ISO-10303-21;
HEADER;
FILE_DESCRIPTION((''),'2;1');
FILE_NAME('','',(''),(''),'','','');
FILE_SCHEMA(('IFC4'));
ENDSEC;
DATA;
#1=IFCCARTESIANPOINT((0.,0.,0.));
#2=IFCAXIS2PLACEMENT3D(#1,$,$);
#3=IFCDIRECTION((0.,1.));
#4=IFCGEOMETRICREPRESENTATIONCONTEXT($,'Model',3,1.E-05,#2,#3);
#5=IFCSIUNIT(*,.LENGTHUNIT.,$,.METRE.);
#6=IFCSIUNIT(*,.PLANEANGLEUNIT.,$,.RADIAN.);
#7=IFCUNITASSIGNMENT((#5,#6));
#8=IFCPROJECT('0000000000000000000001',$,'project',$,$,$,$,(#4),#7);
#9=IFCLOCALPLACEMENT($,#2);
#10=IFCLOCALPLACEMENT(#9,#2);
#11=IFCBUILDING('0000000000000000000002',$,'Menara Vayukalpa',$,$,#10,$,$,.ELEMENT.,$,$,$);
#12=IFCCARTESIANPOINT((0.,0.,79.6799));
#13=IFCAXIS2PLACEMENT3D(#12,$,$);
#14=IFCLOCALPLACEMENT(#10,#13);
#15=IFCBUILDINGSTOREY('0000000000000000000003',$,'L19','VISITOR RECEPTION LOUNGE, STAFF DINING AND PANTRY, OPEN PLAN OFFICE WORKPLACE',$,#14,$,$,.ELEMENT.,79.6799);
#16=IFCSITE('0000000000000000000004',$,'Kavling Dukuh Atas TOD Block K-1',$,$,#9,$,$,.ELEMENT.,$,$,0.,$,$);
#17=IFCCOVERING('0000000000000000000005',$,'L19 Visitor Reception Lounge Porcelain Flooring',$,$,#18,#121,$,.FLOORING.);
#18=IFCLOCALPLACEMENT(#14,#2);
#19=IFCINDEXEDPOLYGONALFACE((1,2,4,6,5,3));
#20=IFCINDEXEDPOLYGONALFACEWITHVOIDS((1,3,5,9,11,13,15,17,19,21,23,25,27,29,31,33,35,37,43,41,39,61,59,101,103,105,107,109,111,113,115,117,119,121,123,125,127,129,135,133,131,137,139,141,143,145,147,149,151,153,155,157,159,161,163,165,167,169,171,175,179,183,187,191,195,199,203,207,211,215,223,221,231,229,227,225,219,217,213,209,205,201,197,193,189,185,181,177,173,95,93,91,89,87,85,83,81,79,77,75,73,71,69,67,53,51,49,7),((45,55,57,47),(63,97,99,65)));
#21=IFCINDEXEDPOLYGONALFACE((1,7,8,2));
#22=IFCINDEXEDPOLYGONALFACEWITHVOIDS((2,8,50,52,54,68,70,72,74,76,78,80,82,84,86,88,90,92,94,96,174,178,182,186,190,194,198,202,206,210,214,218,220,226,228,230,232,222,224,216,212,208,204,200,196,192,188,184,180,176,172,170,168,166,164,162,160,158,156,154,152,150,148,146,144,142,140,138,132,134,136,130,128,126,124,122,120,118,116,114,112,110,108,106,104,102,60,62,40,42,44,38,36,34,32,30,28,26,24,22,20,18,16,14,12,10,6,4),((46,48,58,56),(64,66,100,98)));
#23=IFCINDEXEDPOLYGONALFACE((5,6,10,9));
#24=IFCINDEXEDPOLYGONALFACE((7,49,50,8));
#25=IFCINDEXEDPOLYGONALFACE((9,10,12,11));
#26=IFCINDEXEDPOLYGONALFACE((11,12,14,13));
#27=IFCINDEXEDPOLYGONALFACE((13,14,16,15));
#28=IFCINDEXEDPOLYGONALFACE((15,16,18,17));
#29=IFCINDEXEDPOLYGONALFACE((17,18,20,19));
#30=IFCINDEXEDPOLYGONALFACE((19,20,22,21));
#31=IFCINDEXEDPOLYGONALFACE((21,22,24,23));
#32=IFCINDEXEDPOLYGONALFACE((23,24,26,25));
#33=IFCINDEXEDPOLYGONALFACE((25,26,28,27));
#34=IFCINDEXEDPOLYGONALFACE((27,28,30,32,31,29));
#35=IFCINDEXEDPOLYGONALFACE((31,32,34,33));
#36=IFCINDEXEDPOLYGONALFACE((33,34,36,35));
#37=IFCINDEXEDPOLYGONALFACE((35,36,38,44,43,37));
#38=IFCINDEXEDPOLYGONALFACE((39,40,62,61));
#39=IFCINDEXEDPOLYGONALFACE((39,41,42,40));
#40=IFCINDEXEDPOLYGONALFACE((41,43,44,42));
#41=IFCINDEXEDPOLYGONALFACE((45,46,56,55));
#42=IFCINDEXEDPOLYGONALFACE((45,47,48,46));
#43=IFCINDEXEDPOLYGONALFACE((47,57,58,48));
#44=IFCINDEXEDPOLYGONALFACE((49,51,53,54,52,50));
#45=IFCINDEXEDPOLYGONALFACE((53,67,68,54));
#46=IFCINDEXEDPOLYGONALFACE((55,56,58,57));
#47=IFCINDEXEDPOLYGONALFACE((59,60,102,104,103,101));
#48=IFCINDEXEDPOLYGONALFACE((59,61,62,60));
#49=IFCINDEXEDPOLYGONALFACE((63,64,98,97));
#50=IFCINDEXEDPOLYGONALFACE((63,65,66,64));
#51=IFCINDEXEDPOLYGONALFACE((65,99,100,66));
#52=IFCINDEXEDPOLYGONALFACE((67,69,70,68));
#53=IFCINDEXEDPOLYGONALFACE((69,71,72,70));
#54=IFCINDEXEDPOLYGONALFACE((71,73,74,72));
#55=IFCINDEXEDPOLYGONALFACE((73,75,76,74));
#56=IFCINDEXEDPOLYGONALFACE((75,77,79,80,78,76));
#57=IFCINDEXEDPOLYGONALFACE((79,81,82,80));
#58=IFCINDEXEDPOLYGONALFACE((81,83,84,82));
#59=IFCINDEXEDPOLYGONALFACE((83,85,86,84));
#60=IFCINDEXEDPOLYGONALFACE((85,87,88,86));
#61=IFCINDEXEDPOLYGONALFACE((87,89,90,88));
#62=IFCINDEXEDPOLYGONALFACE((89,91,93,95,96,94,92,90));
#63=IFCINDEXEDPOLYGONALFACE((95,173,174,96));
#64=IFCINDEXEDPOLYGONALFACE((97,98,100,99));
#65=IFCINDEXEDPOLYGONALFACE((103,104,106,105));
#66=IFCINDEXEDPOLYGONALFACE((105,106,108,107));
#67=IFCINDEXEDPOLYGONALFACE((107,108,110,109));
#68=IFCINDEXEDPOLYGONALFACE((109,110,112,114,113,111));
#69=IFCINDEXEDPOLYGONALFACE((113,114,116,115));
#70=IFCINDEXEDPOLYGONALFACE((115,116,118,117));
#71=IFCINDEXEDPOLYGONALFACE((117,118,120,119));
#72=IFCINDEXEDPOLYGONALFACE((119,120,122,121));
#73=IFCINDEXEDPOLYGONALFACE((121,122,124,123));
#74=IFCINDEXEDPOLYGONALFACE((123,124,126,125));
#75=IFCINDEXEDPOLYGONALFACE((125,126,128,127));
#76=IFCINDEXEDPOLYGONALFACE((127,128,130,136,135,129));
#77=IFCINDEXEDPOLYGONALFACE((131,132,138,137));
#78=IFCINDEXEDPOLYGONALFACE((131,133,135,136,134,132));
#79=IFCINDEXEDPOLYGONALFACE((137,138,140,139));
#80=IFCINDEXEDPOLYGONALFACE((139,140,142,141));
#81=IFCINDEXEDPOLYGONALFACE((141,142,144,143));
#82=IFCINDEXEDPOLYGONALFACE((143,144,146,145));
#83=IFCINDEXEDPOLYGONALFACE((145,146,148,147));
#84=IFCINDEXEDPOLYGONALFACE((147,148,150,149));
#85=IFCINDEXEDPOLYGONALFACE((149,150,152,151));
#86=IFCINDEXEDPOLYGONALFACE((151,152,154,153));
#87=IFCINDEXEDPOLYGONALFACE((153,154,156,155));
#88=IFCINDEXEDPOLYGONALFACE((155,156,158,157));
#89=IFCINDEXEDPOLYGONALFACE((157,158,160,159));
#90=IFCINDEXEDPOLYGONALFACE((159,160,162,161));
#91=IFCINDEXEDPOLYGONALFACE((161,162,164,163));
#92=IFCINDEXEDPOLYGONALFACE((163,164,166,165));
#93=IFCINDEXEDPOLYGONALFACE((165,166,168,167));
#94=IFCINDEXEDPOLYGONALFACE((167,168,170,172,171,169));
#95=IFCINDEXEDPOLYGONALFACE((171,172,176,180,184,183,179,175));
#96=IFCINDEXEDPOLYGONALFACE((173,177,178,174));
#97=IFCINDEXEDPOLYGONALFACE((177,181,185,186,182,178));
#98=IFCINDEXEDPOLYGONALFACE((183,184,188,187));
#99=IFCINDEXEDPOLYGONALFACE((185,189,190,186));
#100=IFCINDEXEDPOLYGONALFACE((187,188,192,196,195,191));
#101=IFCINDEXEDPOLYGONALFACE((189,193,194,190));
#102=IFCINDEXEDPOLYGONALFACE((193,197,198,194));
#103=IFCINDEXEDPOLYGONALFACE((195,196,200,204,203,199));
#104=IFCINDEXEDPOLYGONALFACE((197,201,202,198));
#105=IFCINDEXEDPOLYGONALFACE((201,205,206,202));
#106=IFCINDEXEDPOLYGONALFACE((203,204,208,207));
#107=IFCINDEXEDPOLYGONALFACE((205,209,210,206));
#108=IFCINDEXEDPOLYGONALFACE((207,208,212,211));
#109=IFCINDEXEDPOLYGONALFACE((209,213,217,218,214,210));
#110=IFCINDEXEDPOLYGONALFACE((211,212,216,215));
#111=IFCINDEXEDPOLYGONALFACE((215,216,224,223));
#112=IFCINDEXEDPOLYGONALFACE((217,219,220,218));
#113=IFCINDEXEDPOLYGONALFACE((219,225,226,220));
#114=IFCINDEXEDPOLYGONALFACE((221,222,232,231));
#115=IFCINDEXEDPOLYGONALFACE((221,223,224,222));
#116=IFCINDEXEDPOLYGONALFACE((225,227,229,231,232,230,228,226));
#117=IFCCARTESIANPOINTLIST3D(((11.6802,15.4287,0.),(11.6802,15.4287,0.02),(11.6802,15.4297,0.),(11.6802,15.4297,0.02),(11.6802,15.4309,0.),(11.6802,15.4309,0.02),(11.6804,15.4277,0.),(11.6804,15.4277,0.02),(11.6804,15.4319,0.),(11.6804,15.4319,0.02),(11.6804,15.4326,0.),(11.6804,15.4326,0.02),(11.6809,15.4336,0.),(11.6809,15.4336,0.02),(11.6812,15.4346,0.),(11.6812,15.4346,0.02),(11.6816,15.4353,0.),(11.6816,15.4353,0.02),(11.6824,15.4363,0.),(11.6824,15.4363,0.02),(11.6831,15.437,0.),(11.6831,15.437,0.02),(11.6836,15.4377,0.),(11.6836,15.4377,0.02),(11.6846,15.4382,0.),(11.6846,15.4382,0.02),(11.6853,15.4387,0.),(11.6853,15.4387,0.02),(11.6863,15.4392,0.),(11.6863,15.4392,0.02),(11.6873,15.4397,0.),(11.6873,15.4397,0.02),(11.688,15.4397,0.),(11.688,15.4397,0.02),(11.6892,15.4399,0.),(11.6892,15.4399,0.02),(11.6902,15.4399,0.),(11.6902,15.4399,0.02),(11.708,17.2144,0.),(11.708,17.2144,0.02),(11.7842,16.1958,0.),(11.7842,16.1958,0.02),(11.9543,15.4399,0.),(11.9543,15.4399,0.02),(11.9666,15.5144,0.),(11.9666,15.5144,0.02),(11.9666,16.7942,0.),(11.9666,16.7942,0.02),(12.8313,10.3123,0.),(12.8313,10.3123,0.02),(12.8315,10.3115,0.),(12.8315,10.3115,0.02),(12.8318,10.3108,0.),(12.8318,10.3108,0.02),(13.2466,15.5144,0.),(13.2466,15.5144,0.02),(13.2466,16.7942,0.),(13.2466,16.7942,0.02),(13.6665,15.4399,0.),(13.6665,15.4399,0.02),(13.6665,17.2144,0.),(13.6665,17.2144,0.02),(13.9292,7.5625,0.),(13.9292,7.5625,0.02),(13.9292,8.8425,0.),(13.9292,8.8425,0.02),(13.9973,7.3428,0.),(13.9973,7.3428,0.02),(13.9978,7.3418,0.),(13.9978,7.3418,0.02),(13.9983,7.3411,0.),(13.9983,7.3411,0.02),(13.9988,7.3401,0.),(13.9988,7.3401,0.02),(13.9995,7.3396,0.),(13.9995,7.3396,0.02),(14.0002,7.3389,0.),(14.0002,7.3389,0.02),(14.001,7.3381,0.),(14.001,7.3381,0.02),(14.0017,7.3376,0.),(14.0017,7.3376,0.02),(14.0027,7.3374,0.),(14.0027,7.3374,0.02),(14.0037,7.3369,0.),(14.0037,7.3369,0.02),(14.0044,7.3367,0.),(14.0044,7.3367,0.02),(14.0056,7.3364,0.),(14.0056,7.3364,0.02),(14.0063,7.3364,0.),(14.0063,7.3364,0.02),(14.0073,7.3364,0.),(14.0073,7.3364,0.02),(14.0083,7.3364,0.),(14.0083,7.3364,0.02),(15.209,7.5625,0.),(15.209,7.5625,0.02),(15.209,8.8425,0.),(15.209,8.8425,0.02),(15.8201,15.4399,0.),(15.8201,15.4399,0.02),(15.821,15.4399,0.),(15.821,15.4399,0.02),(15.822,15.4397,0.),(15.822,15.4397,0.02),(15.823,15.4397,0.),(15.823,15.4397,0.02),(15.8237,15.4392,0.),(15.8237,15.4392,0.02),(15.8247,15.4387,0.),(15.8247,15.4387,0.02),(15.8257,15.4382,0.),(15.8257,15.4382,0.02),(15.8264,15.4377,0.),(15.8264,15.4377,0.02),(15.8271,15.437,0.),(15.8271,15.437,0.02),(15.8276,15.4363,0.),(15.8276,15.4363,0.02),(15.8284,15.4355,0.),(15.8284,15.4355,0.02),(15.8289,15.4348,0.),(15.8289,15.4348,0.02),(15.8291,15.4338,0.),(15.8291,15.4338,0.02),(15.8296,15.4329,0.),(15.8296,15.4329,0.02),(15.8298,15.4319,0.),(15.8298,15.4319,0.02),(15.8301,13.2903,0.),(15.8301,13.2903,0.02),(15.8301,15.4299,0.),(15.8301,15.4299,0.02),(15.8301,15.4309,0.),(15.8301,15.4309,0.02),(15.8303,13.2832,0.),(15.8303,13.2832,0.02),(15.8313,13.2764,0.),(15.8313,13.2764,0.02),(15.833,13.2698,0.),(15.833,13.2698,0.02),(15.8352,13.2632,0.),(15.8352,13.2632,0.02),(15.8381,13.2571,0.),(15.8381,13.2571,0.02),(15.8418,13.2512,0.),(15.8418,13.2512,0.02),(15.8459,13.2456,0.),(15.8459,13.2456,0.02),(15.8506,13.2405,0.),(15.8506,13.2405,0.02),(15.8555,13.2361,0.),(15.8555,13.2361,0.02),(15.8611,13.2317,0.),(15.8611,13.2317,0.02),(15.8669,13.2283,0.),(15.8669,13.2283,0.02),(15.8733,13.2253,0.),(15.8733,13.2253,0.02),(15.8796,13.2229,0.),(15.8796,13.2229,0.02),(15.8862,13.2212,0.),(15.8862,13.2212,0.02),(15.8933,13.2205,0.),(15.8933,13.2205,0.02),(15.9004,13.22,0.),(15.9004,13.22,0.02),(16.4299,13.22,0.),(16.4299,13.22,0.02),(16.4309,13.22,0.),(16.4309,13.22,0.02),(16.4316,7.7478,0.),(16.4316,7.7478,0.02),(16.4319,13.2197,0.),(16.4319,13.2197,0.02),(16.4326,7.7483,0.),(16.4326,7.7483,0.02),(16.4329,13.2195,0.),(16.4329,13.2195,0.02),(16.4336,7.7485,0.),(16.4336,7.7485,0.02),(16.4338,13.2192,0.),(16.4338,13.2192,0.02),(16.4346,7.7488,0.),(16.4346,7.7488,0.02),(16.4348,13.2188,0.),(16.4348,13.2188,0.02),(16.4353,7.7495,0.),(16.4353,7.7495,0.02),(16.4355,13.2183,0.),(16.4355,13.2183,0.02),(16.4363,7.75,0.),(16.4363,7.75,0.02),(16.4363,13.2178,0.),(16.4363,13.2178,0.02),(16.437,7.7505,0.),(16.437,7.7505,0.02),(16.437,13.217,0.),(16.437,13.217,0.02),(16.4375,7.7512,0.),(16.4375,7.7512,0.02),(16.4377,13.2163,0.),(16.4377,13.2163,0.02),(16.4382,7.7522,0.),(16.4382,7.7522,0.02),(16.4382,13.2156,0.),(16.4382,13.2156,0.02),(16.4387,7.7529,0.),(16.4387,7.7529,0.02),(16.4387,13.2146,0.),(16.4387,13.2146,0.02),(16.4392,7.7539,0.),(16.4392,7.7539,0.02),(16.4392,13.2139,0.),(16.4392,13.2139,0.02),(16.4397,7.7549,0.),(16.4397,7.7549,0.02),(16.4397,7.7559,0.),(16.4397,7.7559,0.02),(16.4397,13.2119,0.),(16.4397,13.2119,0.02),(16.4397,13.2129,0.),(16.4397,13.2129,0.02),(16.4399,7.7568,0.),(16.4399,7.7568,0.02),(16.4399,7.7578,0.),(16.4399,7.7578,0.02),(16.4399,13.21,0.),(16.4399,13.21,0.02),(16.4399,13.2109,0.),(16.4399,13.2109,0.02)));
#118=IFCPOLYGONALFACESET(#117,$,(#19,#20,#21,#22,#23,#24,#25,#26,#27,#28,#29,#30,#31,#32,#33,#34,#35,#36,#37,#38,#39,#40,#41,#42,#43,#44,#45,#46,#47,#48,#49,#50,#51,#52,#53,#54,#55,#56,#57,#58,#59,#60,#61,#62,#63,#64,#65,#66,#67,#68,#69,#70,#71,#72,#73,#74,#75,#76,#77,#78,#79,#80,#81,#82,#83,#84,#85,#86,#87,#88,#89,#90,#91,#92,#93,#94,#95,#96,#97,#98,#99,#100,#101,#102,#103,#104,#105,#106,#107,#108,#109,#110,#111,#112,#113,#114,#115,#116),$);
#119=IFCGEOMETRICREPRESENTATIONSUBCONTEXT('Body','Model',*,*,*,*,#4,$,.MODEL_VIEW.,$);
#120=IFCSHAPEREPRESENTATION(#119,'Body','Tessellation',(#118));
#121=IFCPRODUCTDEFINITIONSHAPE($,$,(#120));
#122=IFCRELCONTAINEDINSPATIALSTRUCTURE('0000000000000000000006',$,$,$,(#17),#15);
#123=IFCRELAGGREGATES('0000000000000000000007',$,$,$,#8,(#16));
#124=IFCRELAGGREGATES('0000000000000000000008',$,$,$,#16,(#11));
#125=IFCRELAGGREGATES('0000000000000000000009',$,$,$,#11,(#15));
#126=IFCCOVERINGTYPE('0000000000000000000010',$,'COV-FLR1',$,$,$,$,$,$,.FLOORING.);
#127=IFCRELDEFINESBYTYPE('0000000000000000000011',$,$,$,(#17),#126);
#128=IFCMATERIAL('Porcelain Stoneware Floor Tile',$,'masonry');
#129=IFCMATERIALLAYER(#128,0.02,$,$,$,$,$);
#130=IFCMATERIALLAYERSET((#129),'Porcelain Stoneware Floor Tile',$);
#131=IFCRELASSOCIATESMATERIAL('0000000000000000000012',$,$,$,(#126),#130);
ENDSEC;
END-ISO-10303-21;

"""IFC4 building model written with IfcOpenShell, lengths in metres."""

from ifc_helpers import new_model, si_unit, direction, frame, origin, place, context, subcontext, project, spatial, polyline, outline, extrude, material, layer, layer_set, type_object, element, save


model = new_model("IFC4")

# Units and contexts
model_context = context("Model", 3, precision=1e-05, world=origin(), true_north=direction((0.0, 1.0)))
body_context = subcontext(model_context, "Body", "Model", "MODEL_VIEW")
ifc_project = project(units=[si_unit("LENGTHUNIT", "METRE"), si_unit("PLANEANGLEUNIT", "RADIAN")], contexts=[model_context])

# Site, building, storey
site_placement = place(None, origin())
site = spatial("IfcSite", under=ifc_project, at=site_placement, Name="Kavling Dukuh Atas TOD Block K-1", CompositionType="ELEMENT", RefElevation=0.0)
building_placement = place(site_placement, origin())
building = spatial("IfcBuilding", under=site, at=building_placement, Name="Menara Vayukalpa", CompositionType="ELEMENT")
storey_placement = place(building_placement, frame((0.0, 0.0, 79.6799)))
storey = spatial("IfcBuildingStorey", under=building, at=storey_placement, Name="L19", Description="VISITOR RECEPTION LOUNGE, STAFF DINING AND PANTRY, OPEN PLAN OFFICE WORKPLACE", CompositionType="ELEMENT", Elevation=79.6799)

# Covering
ifc_material_1 = material(Name="Porcelain Stoneware Floor Tile", Category="masonry")
ifc_layer_1 = layer(ifc_material_1, 0.02)
ifc_layer_set_1 = layer_set([ifc_layer_1], Name="Porcelain Stoneware Floor Tile")
covering_type_1 = type_object("IfcCoveringType", Name="COV-FLR1", PredefinedType="FLOORING", material=ifc_layer_set_1)
covering_1_placement = place(storey_placement, origin())
element("IfcCovering", 1, at=covering_1_placement, inside=storey, type_object=covering_type_1, Name="L19 Visitor Reception Lounge Porcelain Flooring", PredefinedType="FLOORING", context=body_context, shape_type="SweptSolid", body=[
    extrude(outline(polyline([(14.0056, 7.3364), (14.0044, 7.3367), (14.0037, 7.3369), (14.0027, 7.3374), (14.0017, 7.3376), (14.001, 7.3381), (14.0002, 7.3389), (13.9995, 7.3396), (13.9988, 7.3401), (13.9983, 7.3411), (13.9978, 7.3418), (13.9973, 7.3428), (12.8318, 10.3108), (12.8315, 10.3115), (12.8313, 10.3123), (11.6804, 15.4277), (11.6802, 15.4287), (11.6802, 15.4297), (11.6802, 15.4309), (11.6804, 15.4319), (11.6804, 15.4326), (11.6809, 15.4336), (11.6812, 15.4346), (11.6816, 15.4353), (11.6824, 15.4363), (11.6831, 15.437), (11.6836, 15.4377), (11.6846, 15.4382), (11.6853, 15.4387), (11.6863, 15.4392), (11.6873, 15.4397), (11.688, 15.4397), (11.6892, 15.4399), (11.6902, 15.4399), (11.9543, 15.4399), (11.7842, 16.1958), (11.708, 17.2144), (13.6665, 17.2144), (13.6665, 15.4399), (15.8201, 15.4399), (15.821, 15.4399), (15.822, 15.4397), (15.823, 15.4397), (15.8237, 15.4392), (15.8247, 15.4387), (15.8257, 15.4382), (15.8264, 15.4377), (15.8271, 15.437), (15.8276, 15.4363), (15.8284, 15.4355), (15.8289, 15.4348), (15.8291, 15.4338), (15.8296, 15.4329), (15.8298, 15.4319), (15.8301, 15.4309), (15.8301, 15.4299), (15.8301, 13.2903), (15.8303, 13.2832), (15.8313, 13.2764), (15.833, 13.2698), (15.8352, 13.2632), (15.8381, 13.2571), (15.8418, 13.2512), (15.8459, 13.2456), (15.8506, 13.2405), (15.8555, 13.2361), (15.8611, 13.2317), (15.8669, 13.2283), (15.8733, 13.2253), (15.8796, 13.2229), (15.8862, 13.2212), (15.8933, 13.2205), (15.9004, 13.22), (16.4299, 13.22), (16.4309, 13.22), (16.4319, 13.2197), (16.4329, 13.2195), (16.4338, 13.2192), (16.4348, 13.2188), (16.4355, 13.2183), (16.4363, 13.2178), (16.437, 13.217), (16.4377, 13.2163), (16.4382, 13.2156), (16.4387, 13.2146), (16.4392, 13.2139), (16.4397, 13.2129), (16.4397, 13.2119), (16.4399, 13.2109), (16.4399, 13.21), (16.4399, 7.7578), (16.4399, 7.7568), (16.4397, 7.7559), (16.4397, 7.7549), (16.4392, 7.7539), (16.4387, 7.7529), (16.4382, 7.7522), (16.4375, 7.7512), (16.437, 7.7505), (16.4363, 7.75), (16.4353, 7.7495), (16.4346, 7.7488), (16.4336, 7.7485), (16.4326, 7.7483), (16.4316, 7.7478), (14.0083, 7.3364), (14.0073, 7.3364), (14.0063, 7.3364), (14.0056, 7.3364)]), holes=[polyline([(15.209, 8.8425), (13.9292, 8.8425), (13.9292, 7.5625), (15.209, 7.5625), (15.209, 8.8425)]), polyline([(13.2466, 16.7942), (11.9666, 16.7942), (11.9666, 15.5144), (13.2466, 15.5144), (13.2466, 16.7942)])]), origin(), (0.0, 0.0, 1.0), 0.02),
])

save(model, "model.ifc")
